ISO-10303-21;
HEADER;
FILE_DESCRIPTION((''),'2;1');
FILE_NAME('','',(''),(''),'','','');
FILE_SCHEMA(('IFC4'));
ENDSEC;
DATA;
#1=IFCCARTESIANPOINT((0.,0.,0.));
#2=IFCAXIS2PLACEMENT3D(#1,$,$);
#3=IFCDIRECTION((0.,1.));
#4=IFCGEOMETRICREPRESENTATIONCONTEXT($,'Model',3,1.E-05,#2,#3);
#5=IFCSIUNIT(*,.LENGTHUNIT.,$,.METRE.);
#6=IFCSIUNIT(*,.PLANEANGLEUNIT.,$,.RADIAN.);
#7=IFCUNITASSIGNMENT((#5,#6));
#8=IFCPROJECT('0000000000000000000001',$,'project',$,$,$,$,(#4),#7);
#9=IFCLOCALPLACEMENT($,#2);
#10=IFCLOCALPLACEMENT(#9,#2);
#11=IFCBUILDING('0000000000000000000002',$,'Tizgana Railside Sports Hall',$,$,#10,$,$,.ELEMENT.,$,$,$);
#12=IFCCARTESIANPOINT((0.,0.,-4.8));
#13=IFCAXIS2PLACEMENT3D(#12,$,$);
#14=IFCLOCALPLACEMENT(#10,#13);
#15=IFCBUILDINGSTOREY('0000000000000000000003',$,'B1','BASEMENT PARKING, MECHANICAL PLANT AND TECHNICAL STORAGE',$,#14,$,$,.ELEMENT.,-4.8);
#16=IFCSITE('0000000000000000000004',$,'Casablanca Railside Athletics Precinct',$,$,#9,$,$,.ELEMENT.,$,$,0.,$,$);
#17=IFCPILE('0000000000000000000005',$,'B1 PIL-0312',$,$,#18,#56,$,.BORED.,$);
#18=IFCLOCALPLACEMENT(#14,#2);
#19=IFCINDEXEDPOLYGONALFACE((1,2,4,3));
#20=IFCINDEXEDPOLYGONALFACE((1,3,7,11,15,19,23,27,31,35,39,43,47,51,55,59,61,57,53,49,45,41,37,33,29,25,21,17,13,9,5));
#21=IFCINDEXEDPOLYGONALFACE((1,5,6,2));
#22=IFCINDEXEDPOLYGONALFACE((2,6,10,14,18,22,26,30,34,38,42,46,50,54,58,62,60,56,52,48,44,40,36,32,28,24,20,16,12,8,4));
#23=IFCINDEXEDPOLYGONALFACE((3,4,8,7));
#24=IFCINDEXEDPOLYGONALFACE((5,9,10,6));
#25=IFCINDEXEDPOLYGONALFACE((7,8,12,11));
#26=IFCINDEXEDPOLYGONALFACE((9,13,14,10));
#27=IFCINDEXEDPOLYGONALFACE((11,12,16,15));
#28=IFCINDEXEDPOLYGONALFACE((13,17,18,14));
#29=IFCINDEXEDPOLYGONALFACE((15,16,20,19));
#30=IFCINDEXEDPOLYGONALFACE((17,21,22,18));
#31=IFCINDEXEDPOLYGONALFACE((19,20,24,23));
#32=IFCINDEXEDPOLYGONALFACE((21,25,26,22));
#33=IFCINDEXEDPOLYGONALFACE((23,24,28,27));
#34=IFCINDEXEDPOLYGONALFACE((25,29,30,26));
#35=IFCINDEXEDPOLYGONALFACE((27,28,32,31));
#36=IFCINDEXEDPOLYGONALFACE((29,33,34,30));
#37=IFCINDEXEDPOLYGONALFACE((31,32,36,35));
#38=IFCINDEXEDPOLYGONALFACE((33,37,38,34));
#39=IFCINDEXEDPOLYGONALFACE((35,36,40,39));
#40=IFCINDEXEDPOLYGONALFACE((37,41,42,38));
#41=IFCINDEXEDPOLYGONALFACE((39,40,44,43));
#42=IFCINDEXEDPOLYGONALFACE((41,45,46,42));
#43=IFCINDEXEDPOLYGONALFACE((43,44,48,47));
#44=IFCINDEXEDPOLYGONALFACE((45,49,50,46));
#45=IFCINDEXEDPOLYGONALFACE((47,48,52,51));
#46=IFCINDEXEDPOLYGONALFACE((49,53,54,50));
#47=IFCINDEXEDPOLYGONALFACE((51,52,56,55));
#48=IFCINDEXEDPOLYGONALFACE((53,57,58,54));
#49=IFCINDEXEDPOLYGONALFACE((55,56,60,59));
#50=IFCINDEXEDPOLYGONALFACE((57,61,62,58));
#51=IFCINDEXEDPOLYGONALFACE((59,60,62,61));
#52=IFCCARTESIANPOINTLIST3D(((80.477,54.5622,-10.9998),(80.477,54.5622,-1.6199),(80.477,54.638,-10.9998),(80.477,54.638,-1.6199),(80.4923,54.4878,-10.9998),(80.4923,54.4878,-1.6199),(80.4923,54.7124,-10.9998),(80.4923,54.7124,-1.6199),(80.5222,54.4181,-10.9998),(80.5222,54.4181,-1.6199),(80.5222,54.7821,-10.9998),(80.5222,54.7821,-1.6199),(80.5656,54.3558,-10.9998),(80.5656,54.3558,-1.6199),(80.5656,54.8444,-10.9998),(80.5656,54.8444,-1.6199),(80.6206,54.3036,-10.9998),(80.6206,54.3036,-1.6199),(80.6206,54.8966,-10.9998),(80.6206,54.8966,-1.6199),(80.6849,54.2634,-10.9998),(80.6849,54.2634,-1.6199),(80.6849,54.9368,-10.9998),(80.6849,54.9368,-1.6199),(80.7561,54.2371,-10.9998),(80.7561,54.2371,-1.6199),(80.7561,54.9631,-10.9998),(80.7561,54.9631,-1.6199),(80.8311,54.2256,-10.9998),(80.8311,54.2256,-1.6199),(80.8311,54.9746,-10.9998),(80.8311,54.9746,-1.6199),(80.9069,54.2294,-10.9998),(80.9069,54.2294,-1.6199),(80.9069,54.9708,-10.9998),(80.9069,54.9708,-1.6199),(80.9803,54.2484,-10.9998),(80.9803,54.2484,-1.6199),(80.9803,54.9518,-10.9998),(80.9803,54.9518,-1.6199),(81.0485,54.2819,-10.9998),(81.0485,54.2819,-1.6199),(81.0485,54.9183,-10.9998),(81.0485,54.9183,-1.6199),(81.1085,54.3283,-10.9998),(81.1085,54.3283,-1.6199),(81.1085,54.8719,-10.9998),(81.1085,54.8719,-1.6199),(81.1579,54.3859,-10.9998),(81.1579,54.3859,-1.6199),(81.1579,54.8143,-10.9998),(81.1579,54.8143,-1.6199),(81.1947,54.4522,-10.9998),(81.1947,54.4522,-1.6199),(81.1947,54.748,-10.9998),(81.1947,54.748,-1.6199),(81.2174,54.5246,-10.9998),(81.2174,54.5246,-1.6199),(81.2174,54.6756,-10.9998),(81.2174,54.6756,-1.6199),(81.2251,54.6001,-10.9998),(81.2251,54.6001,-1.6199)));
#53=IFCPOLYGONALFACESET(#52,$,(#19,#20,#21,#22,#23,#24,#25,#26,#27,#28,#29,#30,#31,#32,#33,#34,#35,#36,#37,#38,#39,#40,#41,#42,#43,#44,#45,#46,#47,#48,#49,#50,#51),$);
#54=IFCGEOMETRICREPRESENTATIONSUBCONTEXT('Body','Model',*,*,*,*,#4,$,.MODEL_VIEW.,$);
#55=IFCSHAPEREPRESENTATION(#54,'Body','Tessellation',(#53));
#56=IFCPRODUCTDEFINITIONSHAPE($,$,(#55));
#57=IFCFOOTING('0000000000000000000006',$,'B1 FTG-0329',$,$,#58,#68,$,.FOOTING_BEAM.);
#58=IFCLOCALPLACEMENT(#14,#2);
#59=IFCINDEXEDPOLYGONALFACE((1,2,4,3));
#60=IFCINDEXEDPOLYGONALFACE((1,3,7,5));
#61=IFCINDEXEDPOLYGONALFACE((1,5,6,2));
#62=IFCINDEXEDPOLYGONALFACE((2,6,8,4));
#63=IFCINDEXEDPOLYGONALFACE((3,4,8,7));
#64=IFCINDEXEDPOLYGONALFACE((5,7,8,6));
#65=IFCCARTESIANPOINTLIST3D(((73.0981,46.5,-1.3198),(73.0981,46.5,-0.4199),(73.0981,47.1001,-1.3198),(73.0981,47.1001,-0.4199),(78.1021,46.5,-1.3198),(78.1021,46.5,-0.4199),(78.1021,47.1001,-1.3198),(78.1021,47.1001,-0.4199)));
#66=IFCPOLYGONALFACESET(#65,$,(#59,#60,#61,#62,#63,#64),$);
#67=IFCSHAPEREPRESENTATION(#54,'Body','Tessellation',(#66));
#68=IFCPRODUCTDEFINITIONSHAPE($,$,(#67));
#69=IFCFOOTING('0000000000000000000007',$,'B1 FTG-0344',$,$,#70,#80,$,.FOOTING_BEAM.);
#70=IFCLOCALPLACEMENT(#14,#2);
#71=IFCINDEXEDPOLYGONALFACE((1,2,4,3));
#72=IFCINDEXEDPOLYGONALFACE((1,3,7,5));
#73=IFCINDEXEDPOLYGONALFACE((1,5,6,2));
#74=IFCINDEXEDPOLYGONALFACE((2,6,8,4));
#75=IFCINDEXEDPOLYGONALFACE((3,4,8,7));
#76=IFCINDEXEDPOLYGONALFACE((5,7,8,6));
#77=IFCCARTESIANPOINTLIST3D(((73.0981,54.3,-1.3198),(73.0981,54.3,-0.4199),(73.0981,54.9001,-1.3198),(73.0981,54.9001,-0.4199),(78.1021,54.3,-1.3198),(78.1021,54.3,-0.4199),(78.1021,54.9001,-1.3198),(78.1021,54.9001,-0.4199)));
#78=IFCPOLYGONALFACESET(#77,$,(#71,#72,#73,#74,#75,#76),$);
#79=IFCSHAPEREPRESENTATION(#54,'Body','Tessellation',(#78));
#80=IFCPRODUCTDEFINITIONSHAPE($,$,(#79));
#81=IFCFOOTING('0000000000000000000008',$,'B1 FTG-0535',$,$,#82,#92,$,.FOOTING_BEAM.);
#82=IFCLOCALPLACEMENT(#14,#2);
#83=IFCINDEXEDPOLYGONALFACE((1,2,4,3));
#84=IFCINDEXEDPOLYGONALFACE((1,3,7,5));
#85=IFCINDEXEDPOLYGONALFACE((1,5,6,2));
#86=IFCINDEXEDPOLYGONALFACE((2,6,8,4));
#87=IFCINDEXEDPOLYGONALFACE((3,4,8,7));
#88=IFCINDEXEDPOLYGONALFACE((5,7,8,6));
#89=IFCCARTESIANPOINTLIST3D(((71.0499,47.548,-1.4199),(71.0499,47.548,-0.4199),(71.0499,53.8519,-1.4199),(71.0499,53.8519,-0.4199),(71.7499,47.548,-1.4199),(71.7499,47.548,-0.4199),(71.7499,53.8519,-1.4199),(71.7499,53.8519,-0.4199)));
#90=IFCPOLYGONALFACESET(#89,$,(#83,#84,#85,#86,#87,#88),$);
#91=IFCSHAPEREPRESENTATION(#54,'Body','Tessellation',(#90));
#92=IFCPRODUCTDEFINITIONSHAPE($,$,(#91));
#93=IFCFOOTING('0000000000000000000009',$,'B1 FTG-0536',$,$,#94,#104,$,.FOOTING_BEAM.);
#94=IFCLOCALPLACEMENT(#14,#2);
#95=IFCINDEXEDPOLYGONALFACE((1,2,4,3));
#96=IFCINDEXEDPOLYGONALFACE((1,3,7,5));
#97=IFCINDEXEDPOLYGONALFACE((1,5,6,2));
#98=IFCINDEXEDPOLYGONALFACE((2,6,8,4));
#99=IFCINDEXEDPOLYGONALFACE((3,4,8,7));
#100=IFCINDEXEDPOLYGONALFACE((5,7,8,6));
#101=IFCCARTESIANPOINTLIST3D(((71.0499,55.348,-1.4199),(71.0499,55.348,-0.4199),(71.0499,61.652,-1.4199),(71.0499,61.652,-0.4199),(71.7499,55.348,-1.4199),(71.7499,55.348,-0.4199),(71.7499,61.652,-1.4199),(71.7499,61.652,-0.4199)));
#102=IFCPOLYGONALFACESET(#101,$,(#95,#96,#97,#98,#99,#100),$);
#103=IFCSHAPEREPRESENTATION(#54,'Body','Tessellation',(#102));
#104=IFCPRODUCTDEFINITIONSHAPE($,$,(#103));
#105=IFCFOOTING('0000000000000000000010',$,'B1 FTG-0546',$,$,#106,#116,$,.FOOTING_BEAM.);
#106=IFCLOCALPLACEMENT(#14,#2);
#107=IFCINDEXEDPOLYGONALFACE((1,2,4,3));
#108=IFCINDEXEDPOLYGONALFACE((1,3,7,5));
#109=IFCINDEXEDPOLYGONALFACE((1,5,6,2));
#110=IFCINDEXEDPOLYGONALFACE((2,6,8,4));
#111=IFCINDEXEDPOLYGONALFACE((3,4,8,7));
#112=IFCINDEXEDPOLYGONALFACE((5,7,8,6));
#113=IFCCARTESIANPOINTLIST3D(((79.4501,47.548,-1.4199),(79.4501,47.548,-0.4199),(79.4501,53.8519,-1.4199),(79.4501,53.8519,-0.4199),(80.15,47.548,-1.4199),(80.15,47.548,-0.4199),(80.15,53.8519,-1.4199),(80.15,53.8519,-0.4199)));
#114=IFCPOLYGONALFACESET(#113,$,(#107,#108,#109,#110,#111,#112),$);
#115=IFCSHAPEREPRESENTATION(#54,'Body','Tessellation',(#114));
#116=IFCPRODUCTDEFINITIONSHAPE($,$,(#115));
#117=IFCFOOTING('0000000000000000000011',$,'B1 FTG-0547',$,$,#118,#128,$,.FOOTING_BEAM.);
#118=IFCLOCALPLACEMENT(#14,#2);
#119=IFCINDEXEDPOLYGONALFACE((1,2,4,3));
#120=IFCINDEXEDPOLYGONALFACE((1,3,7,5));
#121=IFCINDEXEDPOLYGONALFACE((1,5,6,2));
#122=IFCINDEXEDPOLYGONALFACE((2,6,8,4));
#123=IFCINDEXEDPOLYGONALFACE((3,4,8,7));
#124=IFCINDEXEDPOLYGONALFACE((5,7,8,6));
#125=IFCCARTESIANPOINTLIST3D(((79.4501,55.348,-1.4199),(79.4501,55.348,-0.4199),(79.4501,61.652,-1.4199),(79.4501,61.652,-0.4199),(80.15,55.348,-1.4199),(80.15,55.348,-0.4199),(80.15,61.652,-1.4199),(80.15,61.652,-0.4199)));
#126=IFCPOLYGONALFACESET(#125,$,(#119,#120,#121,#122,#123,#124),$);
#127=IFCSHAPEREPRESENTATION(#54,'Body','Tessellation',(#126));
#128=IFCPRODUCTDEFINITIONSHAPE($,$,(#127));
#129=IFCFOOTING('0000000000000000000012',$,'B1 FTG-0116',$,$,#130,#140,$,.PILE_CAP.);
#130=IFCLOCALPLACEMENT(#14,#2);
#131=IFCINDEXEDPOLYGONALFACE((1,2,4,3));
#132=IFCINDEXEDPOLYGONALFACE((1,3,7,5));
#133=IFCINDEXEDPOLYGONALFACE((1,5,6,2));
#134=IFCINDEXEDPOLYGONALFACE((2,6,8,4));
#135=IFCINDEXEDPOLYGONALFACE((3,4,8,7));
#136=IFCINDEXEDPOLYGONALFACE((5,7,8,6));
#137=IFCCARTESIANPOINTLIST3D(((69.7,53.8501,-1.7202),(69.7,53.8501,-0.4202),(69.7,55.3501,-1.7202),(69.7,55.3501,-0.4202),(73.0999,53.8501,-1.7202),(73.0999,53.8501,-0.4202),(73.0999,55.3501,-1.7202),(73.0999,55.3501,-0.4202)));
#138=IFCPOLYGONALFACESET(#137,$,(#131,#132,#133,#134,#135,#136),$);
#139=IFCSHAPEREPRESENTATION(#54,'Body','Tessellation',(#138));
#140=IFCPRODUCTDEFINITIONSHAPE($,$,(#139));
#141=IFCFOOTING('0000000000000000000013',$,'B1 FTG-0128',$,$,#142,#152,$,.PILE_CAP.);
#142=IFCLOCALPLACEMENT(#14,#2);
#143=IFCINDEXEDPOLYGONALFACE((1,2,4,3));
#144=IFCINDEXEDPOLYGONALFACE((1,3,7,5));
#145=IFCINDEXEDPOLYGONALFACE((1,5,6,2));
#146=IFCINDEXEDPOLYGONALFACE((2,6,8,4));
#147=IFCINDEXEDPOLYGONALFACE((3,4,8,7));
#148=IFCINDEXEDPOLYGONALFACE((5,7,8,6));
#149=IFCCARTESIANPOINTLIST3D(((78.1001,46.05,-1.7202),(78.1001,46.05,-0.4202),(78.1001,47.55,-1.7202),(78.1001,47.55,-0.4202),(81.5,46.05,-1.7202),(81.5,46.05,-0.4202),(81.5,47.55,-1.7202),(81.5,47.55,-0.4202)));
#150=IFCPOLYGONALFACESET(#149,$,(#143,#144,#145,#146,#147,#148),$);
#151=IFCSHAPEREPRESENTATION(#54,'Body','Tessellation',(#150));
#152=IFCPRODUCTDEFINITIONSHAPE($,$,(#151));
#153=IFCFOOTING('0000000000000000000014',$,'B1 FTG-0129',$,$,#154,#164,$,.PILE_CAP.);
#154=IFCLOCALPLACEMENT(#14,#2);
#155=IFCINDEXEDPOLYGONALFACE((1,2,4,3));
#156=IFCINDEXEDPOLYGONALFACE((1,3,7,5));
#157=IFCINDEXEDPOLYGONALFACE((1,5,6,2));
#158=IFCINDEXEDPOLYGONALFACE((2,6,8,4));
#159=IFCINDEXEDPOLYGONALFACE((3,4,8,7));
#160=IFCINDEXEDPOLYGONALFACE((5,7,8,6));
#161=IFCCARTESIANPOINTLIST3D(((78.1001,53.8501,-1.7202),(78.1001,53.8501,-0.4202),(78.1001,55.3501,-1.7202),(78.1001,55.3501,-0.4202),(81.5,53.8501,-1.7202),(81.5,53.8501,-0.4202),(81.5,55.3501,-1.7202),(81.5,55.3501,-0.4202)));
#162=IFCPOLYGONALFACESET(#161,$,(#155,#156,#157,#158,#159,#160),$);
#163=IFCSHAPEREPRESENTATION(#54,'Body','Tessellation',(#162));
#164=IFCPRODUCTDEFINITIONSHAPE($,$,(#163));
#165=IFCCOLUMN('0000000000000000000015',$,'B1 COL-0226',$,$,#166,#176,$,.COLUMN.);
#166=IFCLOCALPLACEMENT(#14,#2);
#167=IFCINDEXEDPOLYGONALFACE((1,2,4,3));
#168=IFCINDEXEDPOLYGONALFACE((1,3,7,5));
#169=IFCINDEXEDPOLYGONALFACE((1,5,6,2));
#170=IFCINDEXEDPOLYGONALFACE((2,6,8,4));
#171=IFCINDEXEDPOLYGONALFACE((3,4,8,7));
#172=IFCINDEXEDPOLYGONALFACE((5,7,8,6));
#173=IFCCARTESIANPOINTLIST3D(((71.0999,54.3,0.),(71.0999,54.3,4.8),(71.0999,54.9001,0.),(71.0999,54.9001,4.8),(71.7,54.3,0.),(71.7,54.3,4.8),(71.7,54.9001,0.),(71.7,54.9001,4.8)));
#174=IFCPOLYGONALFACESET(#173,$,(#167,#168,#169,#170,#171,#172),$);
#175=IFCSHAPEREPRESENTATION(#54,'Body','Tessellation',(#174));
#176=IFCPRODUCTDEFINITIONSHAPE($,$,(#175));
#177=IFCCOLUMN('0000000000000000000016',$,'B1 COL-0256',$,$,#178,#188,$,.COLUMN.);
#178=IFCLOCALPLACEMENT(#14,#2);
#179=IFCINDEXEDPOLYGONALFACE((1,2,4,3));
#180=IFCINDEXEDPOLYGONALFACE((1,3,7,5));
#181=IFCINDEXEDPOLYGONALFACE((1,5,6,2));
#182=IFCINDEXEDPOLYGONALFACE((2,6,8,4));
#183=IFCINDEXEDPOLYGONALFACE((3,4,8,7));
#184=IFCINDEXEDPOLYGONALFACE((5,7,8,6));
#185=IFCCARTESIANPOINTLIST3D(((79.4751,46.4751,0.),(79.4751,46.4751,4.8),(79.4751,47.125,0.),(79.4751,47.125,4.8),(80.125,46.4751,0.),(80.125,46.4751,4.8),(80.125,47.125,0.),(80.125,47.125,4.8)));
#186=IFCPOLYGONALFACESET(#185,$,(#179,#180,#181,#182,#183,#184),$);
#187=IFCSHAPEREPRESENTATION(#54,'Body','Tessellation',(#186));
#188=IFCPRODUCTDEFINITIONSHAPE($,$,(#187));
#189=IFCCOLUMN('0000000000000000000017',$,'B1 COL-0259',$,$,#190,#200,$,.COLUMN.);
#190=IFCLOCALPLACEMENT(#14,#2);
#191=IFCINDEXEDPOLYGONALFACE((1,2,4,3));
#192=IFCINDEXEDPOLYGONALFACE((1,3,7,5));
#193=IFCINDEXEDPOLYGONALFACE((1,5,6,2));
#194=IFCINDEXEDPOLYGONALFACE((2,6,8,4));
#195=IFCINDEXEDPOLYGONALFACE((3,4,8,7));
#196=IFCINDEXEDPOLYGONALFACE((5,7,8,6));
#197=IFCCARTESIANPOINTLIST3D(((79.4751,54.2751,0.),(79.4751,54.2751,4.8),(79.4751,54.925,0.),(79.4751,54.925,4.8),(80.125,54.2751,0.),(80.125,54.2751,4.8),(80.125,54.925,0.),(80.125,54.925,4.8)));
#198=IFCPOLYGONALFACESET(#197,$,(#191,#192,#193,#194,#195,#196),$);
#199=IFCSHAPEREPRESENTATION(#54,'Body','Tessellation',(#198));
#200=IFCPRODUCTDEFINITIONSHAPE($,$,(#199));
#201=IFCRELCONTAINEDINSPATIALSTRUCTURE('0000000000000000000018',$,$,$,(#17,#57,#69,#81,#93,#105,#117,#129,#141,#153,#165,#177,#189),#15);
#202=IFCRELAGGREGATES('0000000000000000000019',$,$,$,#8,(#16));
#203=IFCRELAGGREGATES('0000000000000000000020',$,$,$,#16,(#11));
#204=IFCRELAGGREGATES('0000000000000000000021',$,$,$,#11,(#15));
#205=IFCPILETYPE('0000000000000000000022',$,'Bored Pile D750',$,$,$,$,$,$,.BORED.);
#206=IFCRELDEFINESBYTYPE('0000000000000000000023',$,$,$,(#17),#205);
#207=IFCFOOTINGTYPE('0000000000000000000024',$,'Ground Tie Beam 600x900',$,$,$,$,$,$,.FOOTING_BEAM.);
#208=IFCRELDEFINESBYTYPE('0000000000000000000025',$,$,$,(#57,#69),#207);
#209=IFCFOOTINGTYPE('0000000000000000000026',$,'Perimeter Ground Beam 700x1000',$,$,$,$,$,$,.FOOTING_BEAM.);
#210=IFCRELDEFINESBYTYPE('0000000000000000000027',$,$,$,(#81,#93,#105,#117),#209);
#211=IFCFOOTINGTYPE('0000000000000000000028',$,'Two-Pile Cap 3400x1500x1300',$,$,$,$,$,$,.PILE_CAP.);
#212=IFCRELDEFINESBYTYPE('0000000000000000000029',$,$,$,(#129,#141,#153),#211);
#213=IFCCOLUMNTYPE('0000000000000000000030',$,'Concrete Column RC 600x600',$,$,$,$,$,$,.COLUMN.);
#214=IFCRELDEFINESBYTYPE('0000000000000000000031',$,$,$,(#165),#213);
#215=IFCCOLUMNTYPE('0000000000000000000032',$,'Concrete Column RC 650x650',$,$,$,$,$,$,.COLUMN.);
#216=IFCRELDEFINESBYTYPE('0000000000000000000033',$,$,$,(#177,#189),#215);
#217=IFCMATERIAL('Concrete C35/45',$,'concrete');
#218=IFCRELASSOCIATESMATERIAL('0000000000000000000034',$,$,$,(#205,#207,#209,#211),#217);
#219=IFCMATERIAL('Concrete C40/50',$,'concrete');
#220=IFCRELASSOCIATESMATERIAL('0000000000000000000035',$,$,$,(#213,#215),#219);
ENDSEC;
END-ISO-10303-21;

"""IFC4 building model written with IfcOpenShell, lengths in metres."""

from ifc_helpers import new_model, si_unit, direction, frame, origin, origin_2d, place, context, subcontext, project, spatial, rectangle, circle, extrude, material, material_profile, profile_set, type_object, element, save


model = new_model("IFC4")

# Units and contexts
model_context = context("Model", 3, precision=1e-05, world=origin(), true_north=direction((0.0, 1.0)))
body_context = subcontext(model_context, "Body", "Model", "MODEL_VIEW")
ifc_project = project(units=[si_unit("LENGTHUNIT", "METRE"), si_unit("PLANEANGLEUNIT", "RADIAN")], contexts=[model_context])

# Site, building, storey
site_placement = place(None, origin())
site = spatial("IfcSite", under=ifc_project, at=site_placement, Name="Casablanca Railside Athletics Precinct", CompositionType="ELEMENT", RefElevation=0.0)
building_placement = place(site_placement, origin())
building = spatial("IfcBuilding", under=site, at=building_placement, Name="Tizgana Railside Sports Hall", CompositionType="ELEMENT")
storey_placement = place(building_placement, frame((0.0, 0.0, -4.8)))
storey = spatial("IfcBuildingStorey", under=building, at=storey_placement, Name="B1", Description="BASEMENT PARKING, MECHANICAL PLANT AND TECHNICAL STORAGE", CompositionType="ELEMENT", Elevation=-4.8)

# Pile
ifc_material_1 = material(Name="Concrete C35/45", Category="concrete")
ifc_material_profile_1 = material_profile(ifc_material_1, circle(Radius=0.375, at=origin_2d()), Name="PILE D750")
ifc_profile_set_1 = profile_set([ifc_material_profile_1], Name="Concrete C35/45")
pile_type = type_object("IfcPileType", Name="Bored Pile D750", PredefinedType="BORED", material=ifc_profile_set_1)
for number, where, z_axis, x_axis, name in (
    (1, (80.8501, 54.6001, -1.6199), (0.0, 0.0, -1.0), (1.0, 0.0, 0.0), "B1 PIL-0312"),
):
    element("IfcPile", number, at=place(storey_placement, frame(where, z_axis=z_axis, x_axis=x_axis)), inside=storey, type_object=pile_type, Name=name, PredefinedType="BORED", context=body_context, shape_type="SweptSolid", body=[
        extrude(circle(Radius=0.375, at=origin_2d()), origin(), (0.0, 0.0, 1.0), 9.3799),
    ])

# Footings
footing_type_1 = type_object("IfcFootingType", Name="Ground Tie Beam 600x900", PredefinedType="FOOTING_BEAM", material=ifc_material_1)
for number, where, z_axis, x_axis, name in (
    (2, (75.6001, 46.8, -1.3198), (0.0, 0.0, 1.0), (1.0, 0.0, 0.0), "B1 FTG-0329"),
    (3, (75.6001, 54.6001, -1.3198), (0.0, 0.0, 1.0), (1.0, 0.0, 0.0), "B1 FTG-0344"),
):
    element("IfcFooting", number, at=place(storey_placement, frame(where, z_axis=z_axis, x_axis=x_axis)), inside=storey, type_object=footing_type_1, Name=name, PredefinedType="FOOTING_BEAM", context=body_context, shape_type="SweptSolid", body=[
        extrude(rectangle(XDim=5.0039, YDim=0.6001, at=origin_2d()), origin(), (0.0, 0.0, 1.0), 0.8999),
    ])
footing_type_2 = type_object("IfcFootingType", Name="Perimeter Ground Beam 700x1000", PredefinedType="FOOTING_BEAM", material=ifc_material_1)
for number, where, z_axis, x_axis, name in (
    (4, (71.3999, 50.7, -1.4199), (0.0, 0.0, 1.0), (0.0, 1.0, 0.0), "B1 FTG-0535"),
    (5, (71.3999, 58.5, -1.4199), (0.0, 0.0, 1.0), (0.0, 1.0, 0.0), "B1 FTG-0536"),
    (6, (79.8, 50.7, -1.4199), (0.0, 0.0, 1.0), (0.0, 1.0, 0.0), "B1 FTG-0546"),
    (7, (79.8, 58.5, -1.4199), (0.0, 0.0, 1.0), (0.0, 1.0, 0.0), "B1 FTG-0547"),
):
    element("IfcFooting", number, at=place(storey_placement, frame(where, z_axis=z_axis, x_axis=x_axis)), inside=storey, type_object=footing_type_2, Name=name, PredefinedType="FOOTING_BEAM", context=body_context, shape_type="SweptSolid", body=[
        extrude(rectangle(XDim=6.304, YDim=0.7, at=origin_2d()), origin(), (0.0, 0.0, 1.0), 1.0),
    ])
footing_type_3 = type_object("IfcFootingType", Name="Two-Pile Cap 3400x1500x1300", PredefinedType="PILE_CAP", material=ifc_material_1)
for number, where, z_axis, x_axis, name in (
    (8, (71.3999, 54.6001, -1.7202), (0.0, 0.0, 1.0), (1.0, 0.0, 0.0), "B1 FTG-0116"),
    (9, (79.8, 46.8, -1.7202), (0.0, 0.0, 1.0), (1.0, 0.0, 0.0), "B1 FTG-0128"),
    (10, (79.8, 54.6001, -1.7202), (0.0, 0.0, 1.0), (1.0, 0.0, 0.0), "B1 FTG-0129"),
):
    element("IfcFooting", number, at=place(storey_placement, frame(where, z_axis=z_axis, x_axis=x_axis)), inside=storey, type_object=footing_type_3, Name=name, PredefinedType="PILE_CAP", context=body_context, shape_type="SweptSolid", body=[
        extrude(rectangle(XDim=3.3999, YDim=1.5, at=origin_2d()), origin(), (0.0, 0.0, 1.0), 1.3),
    ])

# Columns
ifc_material_2 = material(Name="Concrete C40/50", Category="concrete")
ifc_material_profile_2 = material_profile(ifc_material_2, rectangle(XDim=0.6001, YDim=0.6001, at=origin_2d()), Name="RC 600x600")
ifc_profile_set_2 = profile_set([ifc_material_profile_2], Name="Concrete C40/50")
column_type_1 = type_object("IfcColumnType", Name="Concrete Column RC 600x600", PredefinedType="COLUMN", material=ifc_profile_set_2)
column_placement = place(storey_placement, frame((71.3999, 54.6001, 0.0), z_axis=(0.0, 0.0, 1.0), x_axis=(1.0, 0.0, 0.0)))
element("IfcColumn", 11, at=column_placement, inside=storey, type_object=column_type_1, Name="B1 COL-0226", PredefinedType="COLUMN", context=body_context, shape_type="SweptSolid", body=[
    extrude(rectangle(XDim=0.6001, YDim=0.6001, at=origin_2d()), origin(), (0.0, 0.0, 1.0), 4.8),
])
ifc_material_profile_3 = material_profile(ifc_material_2, rectangle(XDim=0.6499, YDim=0.6499, at=origin_2d()), Name="RC 650x650")
ifc_profile_set_3 = profile_set([ifc_material_profile_3], Name="Concrete C40/50")
column_type_2 = type_object("IfcColumnType", Name="Concrete Column RC 650x650", PredefinedType="COLUMN", material=ifc_profile_set_3)
for number, where, z_axis, x_axis, name in (
    (12, (79.8, 46.8, 0.0), (0.0, 0.0, 1.0), (1.0, 0.0, 0.0), "B1 COL-0256"),
    (13, (79.8, 54.6001, 0.0), (0.0, 0.0, 1.0), (1.0, 0.0, 0.0), "B1 COL-0259"),
):
    element("IfcColumn", number, at=place(storey_placement, frame(where, z_axis=z_axis, x_axis=x_axis)), inside=storey, type_object=column_type_2, Name=name, PredefinedType="COLUMN", context=body_context, shape_type="SweptSolid", body=[
        extrude(rectangle(XDim=0.6499, YDim=0.6499, at=origin_2d()), origin(), (0.0, 0.0, 1.0), 4.8),
    ])

save(model, "model.ifc")
